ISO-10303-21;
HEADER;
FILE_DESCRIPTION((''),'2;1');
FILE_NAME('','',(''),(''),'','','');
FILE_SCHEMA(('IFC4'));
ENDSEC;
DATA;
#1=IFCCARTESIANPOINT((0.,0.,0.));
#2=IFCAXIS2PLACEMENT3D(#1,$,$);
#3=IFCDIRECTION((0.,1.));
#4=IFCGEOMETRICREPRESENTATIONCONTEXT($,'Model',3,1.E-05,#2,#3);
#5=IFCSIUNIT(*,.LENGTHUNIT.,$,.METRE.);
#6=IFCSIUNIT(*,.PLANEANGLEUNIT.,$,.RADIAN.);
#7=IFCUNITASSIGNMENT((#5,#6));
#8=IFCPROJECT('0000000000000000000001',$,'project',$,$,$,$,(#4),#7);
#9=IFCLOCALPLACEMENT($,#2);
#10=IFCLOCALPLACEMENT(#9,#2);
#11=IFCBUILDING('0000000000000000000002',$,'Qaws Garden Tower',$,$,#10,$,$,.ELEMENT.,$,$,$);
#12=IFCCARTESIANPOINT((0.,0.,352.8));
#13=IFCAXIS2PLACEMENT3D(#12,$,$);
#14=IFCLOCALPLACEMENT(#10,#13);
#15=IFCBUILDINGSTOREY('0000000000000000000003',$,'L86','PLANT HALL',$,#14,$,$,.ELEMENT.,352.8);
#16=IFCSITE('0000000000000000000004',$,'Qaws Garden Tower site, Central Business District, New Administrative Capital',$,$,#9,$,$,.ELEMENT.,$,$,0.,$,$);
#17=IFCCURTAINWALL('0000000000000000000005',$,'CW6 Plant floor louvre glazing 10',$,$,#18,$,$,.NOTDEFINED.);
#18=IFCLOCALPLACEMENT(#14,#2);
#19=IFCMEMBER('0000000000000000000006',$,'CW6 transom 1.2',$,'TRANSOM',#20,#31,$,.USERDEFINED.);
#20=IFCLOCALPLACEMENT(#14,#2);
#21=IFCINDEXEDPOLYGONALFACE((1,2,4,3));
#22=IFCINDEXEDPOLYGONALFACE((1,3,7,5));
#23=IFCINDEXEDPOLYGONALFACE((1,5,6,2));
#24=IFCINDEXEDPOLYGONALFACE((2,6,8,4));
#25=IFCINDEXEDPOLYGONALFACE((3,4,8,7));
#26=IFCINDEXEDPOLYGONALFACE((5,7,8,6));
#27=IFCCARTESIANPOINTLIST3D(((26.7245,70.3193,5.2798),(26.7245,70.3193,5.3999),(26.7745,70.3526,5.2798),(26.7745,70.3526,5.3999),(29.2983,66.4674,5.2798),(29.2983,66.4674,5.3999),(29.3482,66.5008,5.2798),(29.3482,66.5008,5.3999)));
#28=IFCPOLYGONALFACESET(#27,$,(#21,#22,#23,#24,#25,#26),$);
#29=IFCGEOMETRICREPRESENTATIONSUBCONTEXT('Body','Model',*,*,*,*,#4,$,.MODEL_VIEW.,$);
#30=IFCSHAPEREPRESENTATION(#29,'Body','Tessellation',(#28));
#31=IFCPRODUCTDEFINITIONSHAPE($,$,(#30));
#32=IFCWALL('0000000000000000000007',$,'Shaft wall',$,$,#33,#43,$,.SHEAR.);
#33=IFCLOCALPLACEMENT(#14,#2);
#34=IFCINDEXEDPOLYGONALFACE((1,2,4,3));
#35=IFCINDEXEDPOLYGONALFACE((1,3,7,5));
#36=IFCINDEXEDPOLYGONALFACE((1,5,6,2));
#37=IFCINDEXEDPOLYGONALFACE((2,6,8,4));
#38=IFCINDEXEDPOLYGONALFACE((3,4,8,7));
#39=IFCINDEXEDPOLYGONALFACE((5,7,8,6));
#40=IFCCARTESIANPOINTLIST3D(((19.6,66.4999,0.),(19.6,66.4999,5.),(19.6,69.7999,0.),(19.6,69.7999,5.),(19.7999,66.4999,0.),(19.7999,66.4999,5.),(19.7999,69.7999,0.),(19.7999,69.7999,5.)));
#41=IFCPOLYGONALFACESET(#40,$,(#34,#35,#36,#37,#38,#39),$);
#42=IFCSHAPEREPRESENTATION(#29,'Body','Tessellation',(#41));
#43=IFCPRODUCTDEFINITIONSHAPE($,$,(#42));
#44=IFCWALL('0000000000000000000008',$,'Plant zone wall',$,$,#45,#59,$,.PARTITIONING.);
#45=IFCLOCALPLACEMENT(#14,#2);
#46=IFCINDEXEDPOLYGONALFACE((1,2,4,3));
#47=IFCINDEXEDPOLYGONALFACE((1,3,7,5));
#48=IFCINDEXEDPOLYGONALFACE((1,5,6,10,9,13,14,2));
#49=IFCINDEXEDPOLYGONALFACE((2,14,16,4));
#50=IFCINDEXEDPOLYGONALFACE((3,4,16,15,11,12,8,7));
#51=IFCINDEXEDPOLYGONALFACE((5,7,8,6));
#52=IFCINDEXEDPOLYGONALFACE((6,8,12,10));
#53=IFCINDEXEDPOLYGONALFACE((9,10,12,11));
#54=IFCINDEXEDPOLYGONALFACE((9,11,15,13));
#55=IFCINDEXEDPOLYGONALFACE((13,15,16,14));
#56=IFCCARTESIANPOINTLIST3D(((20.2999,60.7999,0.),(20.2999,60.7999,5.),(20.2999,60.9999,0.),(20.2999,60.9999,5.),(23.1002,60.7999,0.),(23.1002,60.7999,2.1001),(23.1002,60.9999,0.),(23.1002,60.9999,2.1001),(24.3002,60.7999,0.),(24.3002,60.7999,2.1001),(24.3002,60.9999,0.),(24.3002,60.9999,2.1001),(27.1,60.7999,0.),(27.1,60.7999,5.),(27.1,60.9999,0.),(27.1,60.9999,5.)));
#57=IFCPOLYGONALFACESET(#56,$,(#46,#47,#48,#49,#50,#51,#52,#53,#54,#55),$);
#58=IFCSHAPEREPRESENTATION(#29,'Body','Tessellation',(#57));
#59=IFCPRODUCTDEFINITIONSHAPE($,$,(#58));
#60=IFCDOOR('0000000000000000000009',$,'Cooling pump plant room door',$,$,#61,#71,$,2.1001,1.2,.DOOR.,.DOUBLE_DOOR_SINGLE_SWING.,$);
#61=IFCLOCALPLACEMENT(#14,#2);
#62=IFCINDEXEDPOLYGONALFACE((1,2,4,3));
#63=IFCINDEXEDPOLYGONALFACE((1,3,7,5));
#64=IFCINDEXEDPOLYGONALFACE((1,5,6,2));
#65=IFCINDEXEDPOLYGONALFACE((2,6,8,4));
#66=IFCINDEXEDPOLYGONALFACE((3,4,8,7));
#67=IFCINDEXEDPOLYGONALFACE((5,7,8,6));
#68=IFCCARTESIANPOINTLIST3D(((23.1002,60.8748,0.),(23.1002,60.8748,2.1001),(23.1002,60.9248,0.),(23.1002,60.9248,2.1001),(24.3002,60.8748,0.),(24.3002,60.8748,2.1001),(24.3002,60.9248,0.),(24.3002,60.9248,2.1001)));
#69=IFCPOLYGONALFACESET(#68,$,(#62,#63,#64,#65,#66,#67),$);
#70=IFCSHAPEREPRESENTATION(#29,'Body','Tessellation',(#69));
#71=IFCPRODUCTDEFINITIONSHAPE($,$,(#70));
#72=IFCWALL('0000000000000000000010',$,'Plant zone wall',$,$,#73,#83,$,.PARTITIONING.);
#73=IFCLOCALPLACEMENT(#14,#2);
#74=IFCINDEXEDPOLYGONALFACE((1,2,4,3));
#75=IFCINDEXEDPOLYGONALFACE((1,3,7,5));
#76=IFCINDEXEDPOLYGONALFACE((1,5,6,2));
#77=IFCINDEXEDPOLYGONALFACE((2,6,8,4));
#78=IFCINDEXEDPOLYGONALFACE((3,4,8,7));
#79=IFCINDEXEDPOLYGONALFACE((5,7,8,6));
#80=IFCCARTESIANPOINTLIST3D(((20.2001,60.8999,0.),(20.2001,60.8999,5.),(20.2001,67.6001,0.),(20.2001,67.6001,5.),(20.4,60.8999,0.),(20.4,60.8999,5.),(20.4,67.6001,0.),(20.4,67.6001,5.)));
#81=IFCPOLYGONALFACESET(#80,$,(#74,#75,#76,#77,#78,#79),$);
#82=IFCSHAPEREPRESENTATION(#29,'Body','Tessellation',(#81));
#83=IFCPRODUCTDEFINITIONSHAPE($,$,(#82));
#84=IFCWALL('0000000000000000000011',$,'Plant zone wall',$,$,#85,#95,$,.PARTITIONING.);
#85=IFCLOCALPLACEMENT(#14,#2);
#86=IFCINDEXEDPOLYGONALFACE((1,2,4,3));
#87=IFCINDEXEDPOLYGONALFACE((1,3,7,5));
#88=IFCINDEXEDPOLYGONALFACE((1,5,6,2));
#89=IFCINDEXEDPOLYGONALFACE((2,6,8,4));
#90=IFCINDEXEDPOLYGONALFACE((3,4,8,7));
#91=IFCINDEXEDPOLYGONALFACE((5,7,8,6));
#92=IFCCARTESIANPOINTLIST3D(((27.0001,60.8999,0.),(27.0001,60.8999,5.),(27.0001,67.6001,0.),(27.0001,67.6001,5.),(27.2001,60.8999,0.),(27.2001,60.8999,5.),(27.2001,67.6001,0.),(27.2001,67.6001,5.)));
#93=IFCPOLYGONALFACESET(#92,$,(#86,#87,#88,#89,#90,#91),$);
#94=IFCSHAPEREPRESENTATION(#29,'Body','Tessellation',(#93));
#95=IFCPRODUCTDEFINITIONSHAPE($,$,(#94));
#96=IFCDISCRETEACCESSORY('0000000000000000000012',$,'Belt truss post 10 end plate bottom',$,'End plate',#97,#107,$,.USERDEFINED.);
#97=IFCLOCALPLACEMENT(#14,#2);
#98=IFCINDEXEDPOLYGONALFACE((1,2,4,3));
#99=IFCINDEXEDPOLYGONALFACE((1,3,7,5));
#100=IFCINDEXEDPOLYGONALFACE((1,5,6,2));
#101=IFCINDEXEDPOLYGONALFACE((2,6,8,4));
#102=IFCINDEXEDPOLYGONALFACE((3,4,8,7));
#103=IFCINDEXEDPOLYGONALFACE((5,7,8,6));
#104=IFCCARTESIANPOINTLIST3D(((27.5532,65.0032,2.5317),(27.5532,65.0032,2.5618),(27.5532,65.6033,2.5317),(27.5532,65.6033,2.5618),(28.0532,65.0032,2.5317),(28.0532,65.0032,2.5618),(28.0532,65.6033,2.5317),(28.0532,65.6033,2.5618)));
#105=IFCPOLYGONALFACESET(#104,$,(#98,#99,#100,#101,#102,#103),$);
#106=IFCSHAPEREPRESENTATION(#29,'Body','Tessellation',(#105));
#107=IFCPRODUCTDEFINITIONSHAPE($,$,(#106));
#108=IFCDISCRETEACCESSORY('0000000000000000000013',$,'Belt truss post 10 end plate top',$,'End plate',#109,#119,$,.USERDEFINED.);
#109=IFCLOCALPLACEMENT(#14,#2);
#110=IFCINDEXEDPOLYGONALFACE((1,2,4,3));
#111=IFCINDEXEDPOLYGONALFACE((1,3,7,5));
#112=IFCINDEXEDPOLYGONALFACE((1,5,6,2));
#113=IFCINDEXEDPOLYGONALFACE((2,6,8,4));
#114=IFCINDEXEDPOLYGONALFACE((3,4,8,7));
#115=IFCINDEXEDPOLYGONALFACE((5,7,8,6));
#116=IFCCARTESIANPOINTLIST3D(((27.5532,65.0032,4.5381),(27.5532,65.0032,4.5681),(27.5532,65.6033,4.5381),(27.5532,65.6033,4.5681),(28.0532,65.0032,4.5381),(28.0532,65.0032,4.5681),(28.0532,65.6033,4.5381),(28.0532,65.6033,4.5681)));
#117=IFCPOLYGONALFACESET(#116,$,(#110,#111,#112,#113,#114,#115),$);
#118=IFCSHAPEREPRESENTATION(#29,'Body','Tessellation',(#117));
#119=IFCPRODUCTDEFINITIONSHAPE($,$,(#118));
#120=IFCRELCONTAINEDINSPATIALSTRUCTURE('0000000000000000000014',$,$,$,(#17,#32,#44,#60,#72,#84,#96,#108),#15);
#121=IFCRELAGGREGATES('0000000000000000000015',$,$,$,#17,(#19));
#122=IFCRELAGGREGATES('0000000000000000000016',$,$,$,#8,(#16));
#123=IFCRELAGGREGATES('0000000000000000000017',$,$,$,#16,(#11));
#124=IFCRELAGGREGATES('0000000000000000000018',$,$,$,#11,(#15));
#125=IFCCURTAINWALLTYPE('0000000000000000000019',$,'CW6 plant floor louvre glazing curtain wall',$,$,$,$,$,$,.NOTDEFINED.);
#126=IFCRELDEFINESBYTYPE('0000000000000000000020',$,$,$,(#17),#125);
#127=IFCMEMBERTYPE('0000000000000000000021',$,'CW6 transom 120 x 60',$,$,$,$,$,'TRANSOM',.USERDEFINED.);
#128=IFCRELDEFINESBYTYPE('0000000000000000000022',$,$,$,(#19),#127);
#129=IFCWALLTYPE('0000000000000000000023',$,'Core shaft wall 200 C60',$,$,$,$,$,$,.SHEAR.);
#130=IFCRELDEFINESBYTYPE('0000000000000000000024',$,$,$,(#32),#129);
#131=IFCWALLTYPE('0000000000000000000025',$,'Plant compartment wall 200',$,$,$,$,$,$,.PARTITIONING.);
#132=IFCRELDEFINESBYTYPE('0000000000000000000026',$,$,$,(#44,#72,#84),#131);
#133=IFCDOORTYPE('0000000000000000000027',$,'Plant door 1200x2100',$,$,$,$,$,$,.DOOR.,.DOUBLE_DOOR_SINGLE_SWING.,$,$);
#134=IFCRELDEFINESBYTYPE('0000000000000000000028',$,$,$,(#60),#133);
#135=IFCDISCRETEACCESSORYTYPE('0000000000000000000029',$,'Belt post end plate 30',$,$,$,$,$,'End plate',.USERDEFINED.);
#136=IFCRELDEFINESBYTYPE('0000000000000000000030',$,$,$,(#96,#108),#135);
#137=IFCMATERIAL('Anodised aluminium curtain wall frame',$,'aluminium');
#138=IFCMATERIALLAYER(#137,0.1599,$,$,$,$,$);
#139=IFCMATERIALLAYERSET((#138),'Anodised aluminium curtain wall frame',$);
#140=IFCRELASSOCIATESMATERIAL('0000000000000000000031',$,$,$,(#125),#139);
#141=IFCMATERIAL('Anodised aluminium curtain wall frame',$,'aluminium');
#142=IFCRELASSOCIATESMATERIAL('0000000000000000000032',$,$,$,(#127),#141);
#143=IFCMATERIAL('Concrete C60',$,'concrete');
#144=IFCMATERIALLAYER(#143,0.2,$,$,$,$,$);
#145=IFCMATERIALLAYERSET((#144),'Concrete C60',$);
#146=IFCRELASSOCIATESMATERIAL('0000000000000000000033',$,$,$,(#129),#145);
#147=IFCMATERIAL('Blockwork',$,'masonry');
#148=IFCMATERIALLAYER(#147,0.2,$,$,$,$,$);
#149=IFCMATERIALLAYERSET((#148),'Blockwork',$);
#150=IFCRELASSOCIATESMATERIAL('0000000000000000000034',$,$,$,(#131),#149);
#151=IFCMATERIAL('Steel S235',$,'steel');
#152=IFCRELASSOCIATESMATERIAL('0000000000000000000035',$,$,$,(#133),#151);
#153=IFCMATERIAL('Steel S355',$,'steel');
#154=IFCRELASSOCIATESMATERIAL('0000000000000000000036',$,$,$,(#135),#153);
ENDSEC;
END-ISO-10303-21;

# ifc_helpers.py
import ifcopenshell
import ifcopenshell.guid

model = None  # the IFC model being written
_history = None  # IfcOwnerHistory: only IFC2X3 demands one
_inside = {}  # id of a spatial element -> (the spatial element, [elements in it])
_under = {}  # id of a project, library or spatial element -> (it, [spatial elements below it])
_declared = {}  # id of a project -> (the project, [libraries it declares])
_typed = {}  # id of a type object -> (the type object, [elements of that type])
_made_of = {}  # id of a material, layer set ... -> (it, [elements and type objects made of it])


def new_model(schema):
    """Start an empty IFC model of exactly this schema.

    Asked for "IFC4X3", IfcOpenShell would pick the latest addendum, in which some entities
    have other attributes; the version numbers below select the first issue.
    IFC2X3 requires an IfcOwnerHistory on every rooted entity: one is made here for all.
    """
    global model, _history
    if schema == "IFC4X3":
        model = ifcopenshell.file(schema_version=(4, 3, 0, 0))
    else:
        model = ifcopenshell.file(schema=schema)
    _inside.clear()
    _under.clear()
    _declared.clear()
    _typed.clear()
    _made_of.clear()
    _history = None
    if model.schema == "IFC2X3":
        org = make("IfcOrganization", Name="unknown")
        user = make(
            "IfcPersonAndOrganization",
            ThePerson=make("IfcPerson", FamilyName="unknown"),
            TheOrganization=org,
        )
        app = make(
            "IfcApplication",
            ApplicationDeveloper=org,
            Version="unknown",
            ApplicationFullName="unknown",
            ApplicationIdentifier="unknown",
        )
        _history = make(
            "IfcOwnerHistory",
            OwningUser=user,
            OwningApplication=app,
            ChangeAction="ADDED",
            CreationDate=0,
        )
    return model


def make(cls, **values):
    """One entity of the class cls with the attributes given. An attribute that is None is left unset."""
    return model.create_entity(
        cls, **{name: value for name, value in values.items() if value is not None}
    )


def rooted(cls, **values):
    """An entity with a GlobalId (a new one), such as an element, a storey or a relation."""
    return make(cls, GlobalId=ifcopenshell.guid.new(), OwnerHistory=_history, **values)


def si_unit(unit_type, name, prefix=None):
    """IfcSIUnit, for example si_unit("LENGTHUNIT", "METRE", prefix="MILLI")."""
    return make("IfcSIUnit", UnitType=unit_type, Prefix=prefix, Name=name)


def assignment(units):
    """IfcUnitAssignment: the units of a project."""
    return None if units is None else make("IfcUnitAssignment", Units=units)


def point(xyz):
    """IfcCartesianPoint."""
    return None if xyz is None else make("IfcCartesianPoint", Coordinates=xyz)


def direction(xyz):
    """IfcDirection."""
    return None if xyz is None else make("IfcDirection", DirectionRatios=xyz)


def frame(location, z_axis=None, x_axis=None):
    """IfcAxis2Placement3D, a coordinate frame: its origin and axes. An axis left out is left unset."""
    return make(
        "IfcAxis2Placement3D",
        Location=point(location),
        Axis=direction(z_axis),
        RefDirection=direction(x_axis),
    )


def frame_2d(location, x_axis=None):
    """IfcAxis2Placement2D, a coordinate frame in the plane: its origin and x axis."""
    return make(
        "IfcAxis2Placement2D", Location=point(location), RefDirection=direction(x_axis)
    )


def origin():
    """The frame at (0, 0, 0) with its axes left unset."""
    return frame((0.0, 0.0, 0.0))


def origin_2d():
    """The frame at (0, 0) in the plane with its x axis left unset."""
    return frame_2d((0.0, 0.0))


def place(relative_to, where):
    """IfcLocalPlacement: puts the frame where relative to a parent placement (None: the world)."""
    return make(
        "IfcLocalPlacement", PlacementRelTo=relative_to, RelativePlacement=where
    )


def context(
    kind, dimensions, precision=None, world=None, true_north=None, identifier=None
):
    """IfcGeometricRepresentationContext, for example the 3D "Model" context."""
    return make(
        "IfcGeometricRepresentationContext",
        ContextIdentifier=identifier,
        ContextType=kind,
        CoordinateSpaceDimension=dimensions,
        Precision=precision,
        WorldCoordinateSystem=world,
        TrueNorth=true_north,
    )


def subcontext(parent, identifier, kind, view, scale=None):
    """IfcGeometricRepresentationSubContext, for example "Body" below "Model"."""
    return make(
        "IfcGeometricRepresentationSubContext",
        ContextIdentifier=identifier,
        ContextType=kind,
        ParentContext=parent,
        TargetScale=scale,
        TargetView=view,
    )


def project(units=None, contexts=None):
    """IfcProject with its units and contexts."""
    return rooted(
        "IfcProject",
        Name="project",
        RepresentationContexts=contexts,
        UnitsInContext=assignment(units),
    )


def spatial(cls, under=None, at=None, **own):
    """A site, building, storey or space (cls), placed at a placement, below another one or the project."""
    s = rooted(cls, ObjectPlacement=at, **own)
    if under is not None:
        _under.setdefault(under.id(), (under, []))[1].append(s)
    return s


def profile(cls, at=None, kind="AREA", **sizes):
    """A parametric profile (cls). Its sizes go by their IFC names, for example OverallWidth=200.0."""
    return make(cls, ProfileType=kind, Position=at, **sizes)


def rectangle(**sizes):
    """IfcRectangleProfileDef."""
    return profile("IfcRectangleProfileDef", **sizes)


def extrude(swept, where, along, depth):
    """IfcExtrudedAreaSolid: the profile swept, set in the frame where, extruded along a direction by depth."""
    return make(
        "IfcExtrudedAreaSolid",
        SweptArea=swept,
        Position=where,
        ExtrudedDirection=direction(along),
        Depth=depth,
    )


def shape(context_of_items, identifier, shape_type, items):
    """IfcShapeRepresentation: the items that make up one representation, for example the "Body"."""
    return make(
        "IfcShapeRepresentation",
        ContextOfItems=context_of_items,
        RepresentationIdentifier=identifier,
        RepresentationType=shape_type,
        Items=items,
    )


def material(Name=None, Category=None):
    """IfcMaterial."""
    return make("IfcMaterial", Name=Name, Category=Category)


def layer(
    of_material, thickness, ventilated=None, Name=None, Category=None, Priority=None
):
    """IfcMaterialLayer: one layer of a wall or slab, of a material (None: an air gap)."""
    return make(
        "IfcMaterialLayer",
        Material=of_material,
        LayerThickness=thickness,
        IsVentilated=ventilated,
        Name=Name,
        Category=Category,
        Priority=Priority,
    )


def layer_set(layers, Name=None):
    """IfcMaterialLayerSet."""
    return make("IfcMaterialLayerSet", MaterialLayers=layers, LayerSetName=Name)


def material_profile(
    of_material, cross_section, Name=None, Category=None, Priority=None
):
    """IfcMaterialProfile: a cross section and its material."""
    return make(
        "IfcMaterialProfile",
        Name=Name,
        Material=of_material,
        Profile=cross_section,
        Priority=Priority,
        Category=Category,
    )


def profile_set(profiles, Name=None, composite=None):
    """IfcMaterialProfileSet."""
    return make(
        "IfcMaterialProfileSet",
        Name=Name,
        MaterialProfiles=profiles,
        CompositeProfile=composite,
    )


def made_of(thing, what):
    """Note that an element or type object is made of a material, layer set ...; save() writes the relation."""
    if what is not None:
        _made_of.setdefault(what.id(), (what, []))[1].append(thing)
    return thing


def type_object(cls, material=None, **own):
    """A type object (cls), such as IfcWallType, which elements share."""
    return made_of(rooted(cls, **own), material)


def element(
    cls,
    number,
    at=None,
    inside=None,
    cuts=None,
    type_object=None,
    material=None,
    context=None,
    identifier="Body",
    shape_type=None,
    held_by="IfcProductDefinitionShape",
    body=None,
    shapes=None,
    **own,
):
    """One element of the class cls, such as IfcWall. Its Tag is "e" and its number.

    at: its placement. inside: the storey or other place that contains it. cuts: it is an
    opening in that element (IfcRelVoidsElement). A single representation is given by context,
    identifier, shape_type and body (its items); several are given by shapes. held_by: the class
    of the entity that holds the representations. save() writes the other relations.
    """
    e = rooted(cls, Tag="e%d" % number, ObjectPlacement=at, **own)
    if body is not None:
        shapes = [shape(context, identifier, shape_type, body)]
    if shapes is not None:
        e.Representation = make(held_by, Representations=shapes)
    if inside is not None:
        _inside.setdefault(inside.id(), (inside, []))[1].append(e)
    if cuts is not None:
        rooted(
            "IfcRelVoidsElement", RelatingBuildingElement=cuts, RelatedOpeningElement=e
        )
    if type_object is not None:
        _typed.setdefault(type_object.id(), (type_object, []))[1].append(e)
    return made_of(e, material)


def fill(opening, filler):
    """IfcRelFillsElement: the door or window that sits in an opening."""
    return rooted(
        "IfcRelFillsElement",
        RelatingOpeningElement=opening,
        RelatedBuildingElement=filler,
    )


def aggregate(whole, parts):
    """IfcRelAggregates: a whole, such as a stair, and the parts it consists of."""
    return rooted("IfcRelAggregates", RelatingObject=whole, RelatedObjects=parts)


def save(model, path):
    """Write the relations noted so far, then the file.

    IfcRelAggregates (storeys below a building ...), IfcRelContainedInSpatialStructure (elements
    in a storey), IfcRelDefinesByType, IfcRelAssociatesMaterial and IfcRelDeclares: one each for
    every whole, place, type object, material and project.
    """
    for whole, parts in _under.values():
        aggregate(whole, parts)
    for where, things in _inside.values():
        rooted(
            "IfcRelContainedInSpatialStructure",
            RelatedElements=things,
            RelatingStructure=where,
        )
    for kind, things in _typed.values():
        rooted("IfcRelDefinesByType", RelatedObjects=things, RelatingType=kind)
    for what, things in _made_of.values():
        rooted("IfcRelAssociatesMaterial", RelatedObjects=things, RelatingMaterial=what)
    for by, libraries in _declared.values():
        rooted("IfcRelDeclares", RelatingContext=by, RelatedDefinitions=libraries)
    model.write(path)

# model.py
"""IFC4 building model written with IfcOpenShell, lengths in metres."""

from ifc_helpers import new_model, si_unit, direction, frame, frame_2d, origin, origin_2d, place, context, subcontext, project, spatial, rectangle, extrude, material, layer, layer_set, material_profile, profile_set, type_object, element, fill, aggregate, save


model = new_model("IFC4")

# Units and contexts
model_context = context("Model", 3, precision=1e-05, world=origin(), true_north=direction((0.0, 1.0)))
body_context = subcontext(model_context, "Body", "Model", "MODEL_VIEW")
ifc_project = project(units=[si_unit("LENGTHUNIT", "METRE"), si_unit("PLANEANGLEUNIT", "RADIAN")], contexts=[model_context])

# Site, building, storey
site_placement = place(None, origin())
site = spatial("IfcSite", under=ifc_project, at=site_placement, Name="Qaws Garden Tower site, Central Business District, New Administrative Capital", CompositionType="ELEMENT", RefElevation=0.0)
building_placement = place(site_placement, origin())
building = spatial("IfcBuilding", under=site, at=building_placement, Name="Qaws Garden Tower", CompositionType="ELEMENT")
storey_placement = place(building_placement, frame((0.0, 0.0, 352.8)))
storey = spatial("IfcBuildingStorey", under=building, at=storey_placement, Name="L86", Description="PLANT HALL", CompositionType="ELEMENT", Elevation=352.8)

# Curtain wall
ifc_material_1 = material(Name="Anodised aluminium curtain wall frame", Category="aluminium")
ifc_layer_1 = layer(ifc_material_1, 0.1599)
ifc_layer_set_1 = layer_set([ifc_layer_1], Name="Anodised aluminium curtain wall frame")
curtain_wall_type = type_object("IfcCurtainWallType", Name="CW6 plant floor louvre glazing curtain wall", PredefinedType="NOTDEFINED", material=ifc_layer_set_1)
placement_1 = place(storey_placement, origin())
curtain_wall_1 = element("IfcCurtainWall", 1, at=placement_1, inside=storey, type_object=curtain_wall_type, Name="CW6 Plant floor louvre glazing 10", PredefinedType="NOTDEFINED")

# Member
ifc_material_2 = material(Name="Anodised aluminium curtain wall frame", Category="aluminium")
ifc_material_profile_1 = material_profile(ifc_material_2, rectangle(XDim=0.0601, YDim=0.1201, at=origin_2d()), Name="AL 60x120")
ifc_profile_set_1 = profile_set([ifc_material_profile_1], Name="Anodised aluminium curtain wall frame")
member_type_1 = type_object("IfcMemberType", Name="CW6 transom 120 x 60", ElementType="TRANSOM", PredefinedType="USERDEFINED", material=ifc_profile_set_1)
member_1_placement = place(storey_placement, frame((29.3232, 66.4841, 5.3398), z_axis=(-0.555576, 0.831466, 0.0), x_axis=(-0.831466, -0.555576, 0.0)))
member_1 = element("IfcMember", 2, at=member_1_placement, type_object=member_type_1, Name="CW6 transom 1.2", ObjectType="TRANSOM", PredefinedType="USERDEFINED", context=body_context, shape_type="SweptSolid", body=[
    extrude(rectangle(XDim=0.0601, YDim=0.1201, at=origin_2d()), origin(), (0.0, 0.0, 1.0), 4.6326),
])

aggregate(curtain_wall_1, [member_1])

# Wall
ifc_material_3 = material(Name="Concrete C60", Category="concrete")
ifc_layer_2 = layer(ifc_material_3, 0.2)
ifc_layer_set_2 = layer_set([ifc_layer_2], Name="Concrete C60")
wall_type_1 = type_object("IfcWallType", Name="Core shaft wall 200 C60", PredefinedType="SHEAR", material=ifc_layer_set_2)
wall_1_placement = place(storey_placement, frame((19.7, 66.5, 0.0), z_axis=(0.0, 0.0, 1.0), x_axis=(0.0, 1.0, 0.0)))
element("IfcWall", 3, at=wall_1_placement, inside=storey, type_object=wall_type_1, Name="Shaft wall", PredefinedType="SHEAR", context=body_context, shape_type="SweptSolid", body=[
    extrude(rectangle(XDim=3.3, YDim=0.2, at=frame_2d((1.6499, 0.0))), origin(), (0.0, 0.0, 1.0), 5.0),
])

# Wall, opening, door
ifc_material_4 = material(Name="Blockwork", Category="masonry")
ifc_layer_3 = layer(ifc_material_4, 0.2)
ifc_layer_set_3 = layer_set([ifc_layer_3], Name="Blockwork")
wall_type_2 = type_object("IfcWallType", Name="Plant compartment wall 200", PredefinedType="PARTITIONING", material=ifc_layer_set_3)
wall_2_placement = place(storey_placement, frame((20.3, 60.8999, 0.0), z_axis=(0.0, 0.0, 1.0), x_axis=(1.0, 0.0, 0.0)))
wall_2 = element("IfcWall", 4, at=wall_2_placement, inside=storey, type_object=wall_type_2, Name="Plant zone wall", PredefinedType="PARTITIONING", context=body_context, shape_type="SweptSolid", body=[
    extrude(rectangle(XDim=6.8, YDim=0.2, at=frame_2d((3.3999, 0.0))), origin(), (0.0, 0.0, 1.0), 5.0),
])
opening_placement = place(wall_2_placement, frame((2.8, 0.0, 0.0)))
opening = element("IfcOpeningElement", 5, at=opening_placement, cuts=wall_2, PredefinedType="OPENING", context=body_context, shape_type="SweptSolid", body=[
    extrude(rectangle(XDim=1.2, YDim=2.1001, at=frame_2d((0.6001, 1.05))), frame((0.0, 0.1099, 0.0), z_axis=(0.0, -1.0, 0.0), x_axis=(1.0, 0.0, 0.0)), (0.0, 0.0, 1.0), 0.22),
])
ifc_material_5 = material(Name="Steel S235", Category="steel")
door_type = type_object("IfcDoorType", Name="Plant door 1200x2100", OperationType="DOUBLE_DOOR_SINGLE_SWING", PredefinedType="DOOR", material=ifc_material_5)
door_placement = place(opening_placement, origin())
door = element("IfcDoor", 6, at=door_placement, inside=storey, type_object=door_type, Name="Cooling pump plant room door", OperationType="DOUBLE_DOOR_SINGLE_SWING", OverallHeight=2.1001, OverallWidth=1.2, PredefinedType="DOOR", context=body_context, shape_type="SweptSolid", body=[
    extrude(rectangle(XDim=1.2, YDim=2.1001, at=frame_2d((0.6001, 1.05))), frame((0.0, 0.0249, 0.0), z_axis=(0.0, -1.0, 0.0), x_axis=(1.0, 0.0, 0.0)), (0.0, 0.0, 1.0), 0.05),
])
fill(opening, door)

# Walls
for number, where, z_axis, x_axis, name in (
    (7, (20.3, 60.8999, 0.0), (0.0, 0.0, 1.0), (0.0, 1.0, 0.0), "Plant zone wall"),
    (8, (27.1001, 60.8999, 0.0), (0.0, 0.0, 1.0), (0.0, 1.0, 0.0), "Plant zone wall"),
):
    element("IfcWall", number, at=place(storey_placement, frame(where, z_axis=z_axis, x_axis=x_axis)), inside=storey, type_object=wall_type_2, Name=name, PredefinedType="PARTITIONING", context=body_context, shape_type="SweptSolid", body=[
        extrude(rectangle(XDim=6.7002, YDim=0.2, at=frame_2d((3.3501, 0.0))), origin(), (0.0, 0.0, 1.0), 5.0),
    ])

# Discrete accessories
ifc_material_6 = material(Name="Steel S355", Category="steel")
discrete_accessory_type = type_object("IfcDiscreteAccessoryType", Name="Belt post end plate 30", ElementType="End plate", PredefinedType="USERDEFINED", material=ifc_material_6)
for number, where, z_axis, x_axis, name in (
    (9, (27.8032, 65.3032, 2.5317), (0.0, 0.0, 1.0), (1.0, 0.0, 0.0), "Belt truss post 10 end plate bottom"),
    (10, (27.8032, 65.3032, 4.5381), (0.0, 0.0, 1.0), (1.0, 0.0, 0.0), "Belt truss post 10 end plate top"),
):
    element("IfcDiscreteAccessory", number, at=place(storey_placement, frame(where, z_axis=z_axis, x_axis=x_axis)), inside=storey, type_object=discrete_accessory_type, Name=name, ObjectType="End plate", PredefinedType="USERDEFINED", context=body_context, shape_type="SweptSolid", body=[
        extrude(rectangle(XDim=0.5, YDim=0.6001, at=origin_2d()), origin(), (0.0, 0.0, 1.0), 0.03),
    ])

save(model, "model.ifc")
